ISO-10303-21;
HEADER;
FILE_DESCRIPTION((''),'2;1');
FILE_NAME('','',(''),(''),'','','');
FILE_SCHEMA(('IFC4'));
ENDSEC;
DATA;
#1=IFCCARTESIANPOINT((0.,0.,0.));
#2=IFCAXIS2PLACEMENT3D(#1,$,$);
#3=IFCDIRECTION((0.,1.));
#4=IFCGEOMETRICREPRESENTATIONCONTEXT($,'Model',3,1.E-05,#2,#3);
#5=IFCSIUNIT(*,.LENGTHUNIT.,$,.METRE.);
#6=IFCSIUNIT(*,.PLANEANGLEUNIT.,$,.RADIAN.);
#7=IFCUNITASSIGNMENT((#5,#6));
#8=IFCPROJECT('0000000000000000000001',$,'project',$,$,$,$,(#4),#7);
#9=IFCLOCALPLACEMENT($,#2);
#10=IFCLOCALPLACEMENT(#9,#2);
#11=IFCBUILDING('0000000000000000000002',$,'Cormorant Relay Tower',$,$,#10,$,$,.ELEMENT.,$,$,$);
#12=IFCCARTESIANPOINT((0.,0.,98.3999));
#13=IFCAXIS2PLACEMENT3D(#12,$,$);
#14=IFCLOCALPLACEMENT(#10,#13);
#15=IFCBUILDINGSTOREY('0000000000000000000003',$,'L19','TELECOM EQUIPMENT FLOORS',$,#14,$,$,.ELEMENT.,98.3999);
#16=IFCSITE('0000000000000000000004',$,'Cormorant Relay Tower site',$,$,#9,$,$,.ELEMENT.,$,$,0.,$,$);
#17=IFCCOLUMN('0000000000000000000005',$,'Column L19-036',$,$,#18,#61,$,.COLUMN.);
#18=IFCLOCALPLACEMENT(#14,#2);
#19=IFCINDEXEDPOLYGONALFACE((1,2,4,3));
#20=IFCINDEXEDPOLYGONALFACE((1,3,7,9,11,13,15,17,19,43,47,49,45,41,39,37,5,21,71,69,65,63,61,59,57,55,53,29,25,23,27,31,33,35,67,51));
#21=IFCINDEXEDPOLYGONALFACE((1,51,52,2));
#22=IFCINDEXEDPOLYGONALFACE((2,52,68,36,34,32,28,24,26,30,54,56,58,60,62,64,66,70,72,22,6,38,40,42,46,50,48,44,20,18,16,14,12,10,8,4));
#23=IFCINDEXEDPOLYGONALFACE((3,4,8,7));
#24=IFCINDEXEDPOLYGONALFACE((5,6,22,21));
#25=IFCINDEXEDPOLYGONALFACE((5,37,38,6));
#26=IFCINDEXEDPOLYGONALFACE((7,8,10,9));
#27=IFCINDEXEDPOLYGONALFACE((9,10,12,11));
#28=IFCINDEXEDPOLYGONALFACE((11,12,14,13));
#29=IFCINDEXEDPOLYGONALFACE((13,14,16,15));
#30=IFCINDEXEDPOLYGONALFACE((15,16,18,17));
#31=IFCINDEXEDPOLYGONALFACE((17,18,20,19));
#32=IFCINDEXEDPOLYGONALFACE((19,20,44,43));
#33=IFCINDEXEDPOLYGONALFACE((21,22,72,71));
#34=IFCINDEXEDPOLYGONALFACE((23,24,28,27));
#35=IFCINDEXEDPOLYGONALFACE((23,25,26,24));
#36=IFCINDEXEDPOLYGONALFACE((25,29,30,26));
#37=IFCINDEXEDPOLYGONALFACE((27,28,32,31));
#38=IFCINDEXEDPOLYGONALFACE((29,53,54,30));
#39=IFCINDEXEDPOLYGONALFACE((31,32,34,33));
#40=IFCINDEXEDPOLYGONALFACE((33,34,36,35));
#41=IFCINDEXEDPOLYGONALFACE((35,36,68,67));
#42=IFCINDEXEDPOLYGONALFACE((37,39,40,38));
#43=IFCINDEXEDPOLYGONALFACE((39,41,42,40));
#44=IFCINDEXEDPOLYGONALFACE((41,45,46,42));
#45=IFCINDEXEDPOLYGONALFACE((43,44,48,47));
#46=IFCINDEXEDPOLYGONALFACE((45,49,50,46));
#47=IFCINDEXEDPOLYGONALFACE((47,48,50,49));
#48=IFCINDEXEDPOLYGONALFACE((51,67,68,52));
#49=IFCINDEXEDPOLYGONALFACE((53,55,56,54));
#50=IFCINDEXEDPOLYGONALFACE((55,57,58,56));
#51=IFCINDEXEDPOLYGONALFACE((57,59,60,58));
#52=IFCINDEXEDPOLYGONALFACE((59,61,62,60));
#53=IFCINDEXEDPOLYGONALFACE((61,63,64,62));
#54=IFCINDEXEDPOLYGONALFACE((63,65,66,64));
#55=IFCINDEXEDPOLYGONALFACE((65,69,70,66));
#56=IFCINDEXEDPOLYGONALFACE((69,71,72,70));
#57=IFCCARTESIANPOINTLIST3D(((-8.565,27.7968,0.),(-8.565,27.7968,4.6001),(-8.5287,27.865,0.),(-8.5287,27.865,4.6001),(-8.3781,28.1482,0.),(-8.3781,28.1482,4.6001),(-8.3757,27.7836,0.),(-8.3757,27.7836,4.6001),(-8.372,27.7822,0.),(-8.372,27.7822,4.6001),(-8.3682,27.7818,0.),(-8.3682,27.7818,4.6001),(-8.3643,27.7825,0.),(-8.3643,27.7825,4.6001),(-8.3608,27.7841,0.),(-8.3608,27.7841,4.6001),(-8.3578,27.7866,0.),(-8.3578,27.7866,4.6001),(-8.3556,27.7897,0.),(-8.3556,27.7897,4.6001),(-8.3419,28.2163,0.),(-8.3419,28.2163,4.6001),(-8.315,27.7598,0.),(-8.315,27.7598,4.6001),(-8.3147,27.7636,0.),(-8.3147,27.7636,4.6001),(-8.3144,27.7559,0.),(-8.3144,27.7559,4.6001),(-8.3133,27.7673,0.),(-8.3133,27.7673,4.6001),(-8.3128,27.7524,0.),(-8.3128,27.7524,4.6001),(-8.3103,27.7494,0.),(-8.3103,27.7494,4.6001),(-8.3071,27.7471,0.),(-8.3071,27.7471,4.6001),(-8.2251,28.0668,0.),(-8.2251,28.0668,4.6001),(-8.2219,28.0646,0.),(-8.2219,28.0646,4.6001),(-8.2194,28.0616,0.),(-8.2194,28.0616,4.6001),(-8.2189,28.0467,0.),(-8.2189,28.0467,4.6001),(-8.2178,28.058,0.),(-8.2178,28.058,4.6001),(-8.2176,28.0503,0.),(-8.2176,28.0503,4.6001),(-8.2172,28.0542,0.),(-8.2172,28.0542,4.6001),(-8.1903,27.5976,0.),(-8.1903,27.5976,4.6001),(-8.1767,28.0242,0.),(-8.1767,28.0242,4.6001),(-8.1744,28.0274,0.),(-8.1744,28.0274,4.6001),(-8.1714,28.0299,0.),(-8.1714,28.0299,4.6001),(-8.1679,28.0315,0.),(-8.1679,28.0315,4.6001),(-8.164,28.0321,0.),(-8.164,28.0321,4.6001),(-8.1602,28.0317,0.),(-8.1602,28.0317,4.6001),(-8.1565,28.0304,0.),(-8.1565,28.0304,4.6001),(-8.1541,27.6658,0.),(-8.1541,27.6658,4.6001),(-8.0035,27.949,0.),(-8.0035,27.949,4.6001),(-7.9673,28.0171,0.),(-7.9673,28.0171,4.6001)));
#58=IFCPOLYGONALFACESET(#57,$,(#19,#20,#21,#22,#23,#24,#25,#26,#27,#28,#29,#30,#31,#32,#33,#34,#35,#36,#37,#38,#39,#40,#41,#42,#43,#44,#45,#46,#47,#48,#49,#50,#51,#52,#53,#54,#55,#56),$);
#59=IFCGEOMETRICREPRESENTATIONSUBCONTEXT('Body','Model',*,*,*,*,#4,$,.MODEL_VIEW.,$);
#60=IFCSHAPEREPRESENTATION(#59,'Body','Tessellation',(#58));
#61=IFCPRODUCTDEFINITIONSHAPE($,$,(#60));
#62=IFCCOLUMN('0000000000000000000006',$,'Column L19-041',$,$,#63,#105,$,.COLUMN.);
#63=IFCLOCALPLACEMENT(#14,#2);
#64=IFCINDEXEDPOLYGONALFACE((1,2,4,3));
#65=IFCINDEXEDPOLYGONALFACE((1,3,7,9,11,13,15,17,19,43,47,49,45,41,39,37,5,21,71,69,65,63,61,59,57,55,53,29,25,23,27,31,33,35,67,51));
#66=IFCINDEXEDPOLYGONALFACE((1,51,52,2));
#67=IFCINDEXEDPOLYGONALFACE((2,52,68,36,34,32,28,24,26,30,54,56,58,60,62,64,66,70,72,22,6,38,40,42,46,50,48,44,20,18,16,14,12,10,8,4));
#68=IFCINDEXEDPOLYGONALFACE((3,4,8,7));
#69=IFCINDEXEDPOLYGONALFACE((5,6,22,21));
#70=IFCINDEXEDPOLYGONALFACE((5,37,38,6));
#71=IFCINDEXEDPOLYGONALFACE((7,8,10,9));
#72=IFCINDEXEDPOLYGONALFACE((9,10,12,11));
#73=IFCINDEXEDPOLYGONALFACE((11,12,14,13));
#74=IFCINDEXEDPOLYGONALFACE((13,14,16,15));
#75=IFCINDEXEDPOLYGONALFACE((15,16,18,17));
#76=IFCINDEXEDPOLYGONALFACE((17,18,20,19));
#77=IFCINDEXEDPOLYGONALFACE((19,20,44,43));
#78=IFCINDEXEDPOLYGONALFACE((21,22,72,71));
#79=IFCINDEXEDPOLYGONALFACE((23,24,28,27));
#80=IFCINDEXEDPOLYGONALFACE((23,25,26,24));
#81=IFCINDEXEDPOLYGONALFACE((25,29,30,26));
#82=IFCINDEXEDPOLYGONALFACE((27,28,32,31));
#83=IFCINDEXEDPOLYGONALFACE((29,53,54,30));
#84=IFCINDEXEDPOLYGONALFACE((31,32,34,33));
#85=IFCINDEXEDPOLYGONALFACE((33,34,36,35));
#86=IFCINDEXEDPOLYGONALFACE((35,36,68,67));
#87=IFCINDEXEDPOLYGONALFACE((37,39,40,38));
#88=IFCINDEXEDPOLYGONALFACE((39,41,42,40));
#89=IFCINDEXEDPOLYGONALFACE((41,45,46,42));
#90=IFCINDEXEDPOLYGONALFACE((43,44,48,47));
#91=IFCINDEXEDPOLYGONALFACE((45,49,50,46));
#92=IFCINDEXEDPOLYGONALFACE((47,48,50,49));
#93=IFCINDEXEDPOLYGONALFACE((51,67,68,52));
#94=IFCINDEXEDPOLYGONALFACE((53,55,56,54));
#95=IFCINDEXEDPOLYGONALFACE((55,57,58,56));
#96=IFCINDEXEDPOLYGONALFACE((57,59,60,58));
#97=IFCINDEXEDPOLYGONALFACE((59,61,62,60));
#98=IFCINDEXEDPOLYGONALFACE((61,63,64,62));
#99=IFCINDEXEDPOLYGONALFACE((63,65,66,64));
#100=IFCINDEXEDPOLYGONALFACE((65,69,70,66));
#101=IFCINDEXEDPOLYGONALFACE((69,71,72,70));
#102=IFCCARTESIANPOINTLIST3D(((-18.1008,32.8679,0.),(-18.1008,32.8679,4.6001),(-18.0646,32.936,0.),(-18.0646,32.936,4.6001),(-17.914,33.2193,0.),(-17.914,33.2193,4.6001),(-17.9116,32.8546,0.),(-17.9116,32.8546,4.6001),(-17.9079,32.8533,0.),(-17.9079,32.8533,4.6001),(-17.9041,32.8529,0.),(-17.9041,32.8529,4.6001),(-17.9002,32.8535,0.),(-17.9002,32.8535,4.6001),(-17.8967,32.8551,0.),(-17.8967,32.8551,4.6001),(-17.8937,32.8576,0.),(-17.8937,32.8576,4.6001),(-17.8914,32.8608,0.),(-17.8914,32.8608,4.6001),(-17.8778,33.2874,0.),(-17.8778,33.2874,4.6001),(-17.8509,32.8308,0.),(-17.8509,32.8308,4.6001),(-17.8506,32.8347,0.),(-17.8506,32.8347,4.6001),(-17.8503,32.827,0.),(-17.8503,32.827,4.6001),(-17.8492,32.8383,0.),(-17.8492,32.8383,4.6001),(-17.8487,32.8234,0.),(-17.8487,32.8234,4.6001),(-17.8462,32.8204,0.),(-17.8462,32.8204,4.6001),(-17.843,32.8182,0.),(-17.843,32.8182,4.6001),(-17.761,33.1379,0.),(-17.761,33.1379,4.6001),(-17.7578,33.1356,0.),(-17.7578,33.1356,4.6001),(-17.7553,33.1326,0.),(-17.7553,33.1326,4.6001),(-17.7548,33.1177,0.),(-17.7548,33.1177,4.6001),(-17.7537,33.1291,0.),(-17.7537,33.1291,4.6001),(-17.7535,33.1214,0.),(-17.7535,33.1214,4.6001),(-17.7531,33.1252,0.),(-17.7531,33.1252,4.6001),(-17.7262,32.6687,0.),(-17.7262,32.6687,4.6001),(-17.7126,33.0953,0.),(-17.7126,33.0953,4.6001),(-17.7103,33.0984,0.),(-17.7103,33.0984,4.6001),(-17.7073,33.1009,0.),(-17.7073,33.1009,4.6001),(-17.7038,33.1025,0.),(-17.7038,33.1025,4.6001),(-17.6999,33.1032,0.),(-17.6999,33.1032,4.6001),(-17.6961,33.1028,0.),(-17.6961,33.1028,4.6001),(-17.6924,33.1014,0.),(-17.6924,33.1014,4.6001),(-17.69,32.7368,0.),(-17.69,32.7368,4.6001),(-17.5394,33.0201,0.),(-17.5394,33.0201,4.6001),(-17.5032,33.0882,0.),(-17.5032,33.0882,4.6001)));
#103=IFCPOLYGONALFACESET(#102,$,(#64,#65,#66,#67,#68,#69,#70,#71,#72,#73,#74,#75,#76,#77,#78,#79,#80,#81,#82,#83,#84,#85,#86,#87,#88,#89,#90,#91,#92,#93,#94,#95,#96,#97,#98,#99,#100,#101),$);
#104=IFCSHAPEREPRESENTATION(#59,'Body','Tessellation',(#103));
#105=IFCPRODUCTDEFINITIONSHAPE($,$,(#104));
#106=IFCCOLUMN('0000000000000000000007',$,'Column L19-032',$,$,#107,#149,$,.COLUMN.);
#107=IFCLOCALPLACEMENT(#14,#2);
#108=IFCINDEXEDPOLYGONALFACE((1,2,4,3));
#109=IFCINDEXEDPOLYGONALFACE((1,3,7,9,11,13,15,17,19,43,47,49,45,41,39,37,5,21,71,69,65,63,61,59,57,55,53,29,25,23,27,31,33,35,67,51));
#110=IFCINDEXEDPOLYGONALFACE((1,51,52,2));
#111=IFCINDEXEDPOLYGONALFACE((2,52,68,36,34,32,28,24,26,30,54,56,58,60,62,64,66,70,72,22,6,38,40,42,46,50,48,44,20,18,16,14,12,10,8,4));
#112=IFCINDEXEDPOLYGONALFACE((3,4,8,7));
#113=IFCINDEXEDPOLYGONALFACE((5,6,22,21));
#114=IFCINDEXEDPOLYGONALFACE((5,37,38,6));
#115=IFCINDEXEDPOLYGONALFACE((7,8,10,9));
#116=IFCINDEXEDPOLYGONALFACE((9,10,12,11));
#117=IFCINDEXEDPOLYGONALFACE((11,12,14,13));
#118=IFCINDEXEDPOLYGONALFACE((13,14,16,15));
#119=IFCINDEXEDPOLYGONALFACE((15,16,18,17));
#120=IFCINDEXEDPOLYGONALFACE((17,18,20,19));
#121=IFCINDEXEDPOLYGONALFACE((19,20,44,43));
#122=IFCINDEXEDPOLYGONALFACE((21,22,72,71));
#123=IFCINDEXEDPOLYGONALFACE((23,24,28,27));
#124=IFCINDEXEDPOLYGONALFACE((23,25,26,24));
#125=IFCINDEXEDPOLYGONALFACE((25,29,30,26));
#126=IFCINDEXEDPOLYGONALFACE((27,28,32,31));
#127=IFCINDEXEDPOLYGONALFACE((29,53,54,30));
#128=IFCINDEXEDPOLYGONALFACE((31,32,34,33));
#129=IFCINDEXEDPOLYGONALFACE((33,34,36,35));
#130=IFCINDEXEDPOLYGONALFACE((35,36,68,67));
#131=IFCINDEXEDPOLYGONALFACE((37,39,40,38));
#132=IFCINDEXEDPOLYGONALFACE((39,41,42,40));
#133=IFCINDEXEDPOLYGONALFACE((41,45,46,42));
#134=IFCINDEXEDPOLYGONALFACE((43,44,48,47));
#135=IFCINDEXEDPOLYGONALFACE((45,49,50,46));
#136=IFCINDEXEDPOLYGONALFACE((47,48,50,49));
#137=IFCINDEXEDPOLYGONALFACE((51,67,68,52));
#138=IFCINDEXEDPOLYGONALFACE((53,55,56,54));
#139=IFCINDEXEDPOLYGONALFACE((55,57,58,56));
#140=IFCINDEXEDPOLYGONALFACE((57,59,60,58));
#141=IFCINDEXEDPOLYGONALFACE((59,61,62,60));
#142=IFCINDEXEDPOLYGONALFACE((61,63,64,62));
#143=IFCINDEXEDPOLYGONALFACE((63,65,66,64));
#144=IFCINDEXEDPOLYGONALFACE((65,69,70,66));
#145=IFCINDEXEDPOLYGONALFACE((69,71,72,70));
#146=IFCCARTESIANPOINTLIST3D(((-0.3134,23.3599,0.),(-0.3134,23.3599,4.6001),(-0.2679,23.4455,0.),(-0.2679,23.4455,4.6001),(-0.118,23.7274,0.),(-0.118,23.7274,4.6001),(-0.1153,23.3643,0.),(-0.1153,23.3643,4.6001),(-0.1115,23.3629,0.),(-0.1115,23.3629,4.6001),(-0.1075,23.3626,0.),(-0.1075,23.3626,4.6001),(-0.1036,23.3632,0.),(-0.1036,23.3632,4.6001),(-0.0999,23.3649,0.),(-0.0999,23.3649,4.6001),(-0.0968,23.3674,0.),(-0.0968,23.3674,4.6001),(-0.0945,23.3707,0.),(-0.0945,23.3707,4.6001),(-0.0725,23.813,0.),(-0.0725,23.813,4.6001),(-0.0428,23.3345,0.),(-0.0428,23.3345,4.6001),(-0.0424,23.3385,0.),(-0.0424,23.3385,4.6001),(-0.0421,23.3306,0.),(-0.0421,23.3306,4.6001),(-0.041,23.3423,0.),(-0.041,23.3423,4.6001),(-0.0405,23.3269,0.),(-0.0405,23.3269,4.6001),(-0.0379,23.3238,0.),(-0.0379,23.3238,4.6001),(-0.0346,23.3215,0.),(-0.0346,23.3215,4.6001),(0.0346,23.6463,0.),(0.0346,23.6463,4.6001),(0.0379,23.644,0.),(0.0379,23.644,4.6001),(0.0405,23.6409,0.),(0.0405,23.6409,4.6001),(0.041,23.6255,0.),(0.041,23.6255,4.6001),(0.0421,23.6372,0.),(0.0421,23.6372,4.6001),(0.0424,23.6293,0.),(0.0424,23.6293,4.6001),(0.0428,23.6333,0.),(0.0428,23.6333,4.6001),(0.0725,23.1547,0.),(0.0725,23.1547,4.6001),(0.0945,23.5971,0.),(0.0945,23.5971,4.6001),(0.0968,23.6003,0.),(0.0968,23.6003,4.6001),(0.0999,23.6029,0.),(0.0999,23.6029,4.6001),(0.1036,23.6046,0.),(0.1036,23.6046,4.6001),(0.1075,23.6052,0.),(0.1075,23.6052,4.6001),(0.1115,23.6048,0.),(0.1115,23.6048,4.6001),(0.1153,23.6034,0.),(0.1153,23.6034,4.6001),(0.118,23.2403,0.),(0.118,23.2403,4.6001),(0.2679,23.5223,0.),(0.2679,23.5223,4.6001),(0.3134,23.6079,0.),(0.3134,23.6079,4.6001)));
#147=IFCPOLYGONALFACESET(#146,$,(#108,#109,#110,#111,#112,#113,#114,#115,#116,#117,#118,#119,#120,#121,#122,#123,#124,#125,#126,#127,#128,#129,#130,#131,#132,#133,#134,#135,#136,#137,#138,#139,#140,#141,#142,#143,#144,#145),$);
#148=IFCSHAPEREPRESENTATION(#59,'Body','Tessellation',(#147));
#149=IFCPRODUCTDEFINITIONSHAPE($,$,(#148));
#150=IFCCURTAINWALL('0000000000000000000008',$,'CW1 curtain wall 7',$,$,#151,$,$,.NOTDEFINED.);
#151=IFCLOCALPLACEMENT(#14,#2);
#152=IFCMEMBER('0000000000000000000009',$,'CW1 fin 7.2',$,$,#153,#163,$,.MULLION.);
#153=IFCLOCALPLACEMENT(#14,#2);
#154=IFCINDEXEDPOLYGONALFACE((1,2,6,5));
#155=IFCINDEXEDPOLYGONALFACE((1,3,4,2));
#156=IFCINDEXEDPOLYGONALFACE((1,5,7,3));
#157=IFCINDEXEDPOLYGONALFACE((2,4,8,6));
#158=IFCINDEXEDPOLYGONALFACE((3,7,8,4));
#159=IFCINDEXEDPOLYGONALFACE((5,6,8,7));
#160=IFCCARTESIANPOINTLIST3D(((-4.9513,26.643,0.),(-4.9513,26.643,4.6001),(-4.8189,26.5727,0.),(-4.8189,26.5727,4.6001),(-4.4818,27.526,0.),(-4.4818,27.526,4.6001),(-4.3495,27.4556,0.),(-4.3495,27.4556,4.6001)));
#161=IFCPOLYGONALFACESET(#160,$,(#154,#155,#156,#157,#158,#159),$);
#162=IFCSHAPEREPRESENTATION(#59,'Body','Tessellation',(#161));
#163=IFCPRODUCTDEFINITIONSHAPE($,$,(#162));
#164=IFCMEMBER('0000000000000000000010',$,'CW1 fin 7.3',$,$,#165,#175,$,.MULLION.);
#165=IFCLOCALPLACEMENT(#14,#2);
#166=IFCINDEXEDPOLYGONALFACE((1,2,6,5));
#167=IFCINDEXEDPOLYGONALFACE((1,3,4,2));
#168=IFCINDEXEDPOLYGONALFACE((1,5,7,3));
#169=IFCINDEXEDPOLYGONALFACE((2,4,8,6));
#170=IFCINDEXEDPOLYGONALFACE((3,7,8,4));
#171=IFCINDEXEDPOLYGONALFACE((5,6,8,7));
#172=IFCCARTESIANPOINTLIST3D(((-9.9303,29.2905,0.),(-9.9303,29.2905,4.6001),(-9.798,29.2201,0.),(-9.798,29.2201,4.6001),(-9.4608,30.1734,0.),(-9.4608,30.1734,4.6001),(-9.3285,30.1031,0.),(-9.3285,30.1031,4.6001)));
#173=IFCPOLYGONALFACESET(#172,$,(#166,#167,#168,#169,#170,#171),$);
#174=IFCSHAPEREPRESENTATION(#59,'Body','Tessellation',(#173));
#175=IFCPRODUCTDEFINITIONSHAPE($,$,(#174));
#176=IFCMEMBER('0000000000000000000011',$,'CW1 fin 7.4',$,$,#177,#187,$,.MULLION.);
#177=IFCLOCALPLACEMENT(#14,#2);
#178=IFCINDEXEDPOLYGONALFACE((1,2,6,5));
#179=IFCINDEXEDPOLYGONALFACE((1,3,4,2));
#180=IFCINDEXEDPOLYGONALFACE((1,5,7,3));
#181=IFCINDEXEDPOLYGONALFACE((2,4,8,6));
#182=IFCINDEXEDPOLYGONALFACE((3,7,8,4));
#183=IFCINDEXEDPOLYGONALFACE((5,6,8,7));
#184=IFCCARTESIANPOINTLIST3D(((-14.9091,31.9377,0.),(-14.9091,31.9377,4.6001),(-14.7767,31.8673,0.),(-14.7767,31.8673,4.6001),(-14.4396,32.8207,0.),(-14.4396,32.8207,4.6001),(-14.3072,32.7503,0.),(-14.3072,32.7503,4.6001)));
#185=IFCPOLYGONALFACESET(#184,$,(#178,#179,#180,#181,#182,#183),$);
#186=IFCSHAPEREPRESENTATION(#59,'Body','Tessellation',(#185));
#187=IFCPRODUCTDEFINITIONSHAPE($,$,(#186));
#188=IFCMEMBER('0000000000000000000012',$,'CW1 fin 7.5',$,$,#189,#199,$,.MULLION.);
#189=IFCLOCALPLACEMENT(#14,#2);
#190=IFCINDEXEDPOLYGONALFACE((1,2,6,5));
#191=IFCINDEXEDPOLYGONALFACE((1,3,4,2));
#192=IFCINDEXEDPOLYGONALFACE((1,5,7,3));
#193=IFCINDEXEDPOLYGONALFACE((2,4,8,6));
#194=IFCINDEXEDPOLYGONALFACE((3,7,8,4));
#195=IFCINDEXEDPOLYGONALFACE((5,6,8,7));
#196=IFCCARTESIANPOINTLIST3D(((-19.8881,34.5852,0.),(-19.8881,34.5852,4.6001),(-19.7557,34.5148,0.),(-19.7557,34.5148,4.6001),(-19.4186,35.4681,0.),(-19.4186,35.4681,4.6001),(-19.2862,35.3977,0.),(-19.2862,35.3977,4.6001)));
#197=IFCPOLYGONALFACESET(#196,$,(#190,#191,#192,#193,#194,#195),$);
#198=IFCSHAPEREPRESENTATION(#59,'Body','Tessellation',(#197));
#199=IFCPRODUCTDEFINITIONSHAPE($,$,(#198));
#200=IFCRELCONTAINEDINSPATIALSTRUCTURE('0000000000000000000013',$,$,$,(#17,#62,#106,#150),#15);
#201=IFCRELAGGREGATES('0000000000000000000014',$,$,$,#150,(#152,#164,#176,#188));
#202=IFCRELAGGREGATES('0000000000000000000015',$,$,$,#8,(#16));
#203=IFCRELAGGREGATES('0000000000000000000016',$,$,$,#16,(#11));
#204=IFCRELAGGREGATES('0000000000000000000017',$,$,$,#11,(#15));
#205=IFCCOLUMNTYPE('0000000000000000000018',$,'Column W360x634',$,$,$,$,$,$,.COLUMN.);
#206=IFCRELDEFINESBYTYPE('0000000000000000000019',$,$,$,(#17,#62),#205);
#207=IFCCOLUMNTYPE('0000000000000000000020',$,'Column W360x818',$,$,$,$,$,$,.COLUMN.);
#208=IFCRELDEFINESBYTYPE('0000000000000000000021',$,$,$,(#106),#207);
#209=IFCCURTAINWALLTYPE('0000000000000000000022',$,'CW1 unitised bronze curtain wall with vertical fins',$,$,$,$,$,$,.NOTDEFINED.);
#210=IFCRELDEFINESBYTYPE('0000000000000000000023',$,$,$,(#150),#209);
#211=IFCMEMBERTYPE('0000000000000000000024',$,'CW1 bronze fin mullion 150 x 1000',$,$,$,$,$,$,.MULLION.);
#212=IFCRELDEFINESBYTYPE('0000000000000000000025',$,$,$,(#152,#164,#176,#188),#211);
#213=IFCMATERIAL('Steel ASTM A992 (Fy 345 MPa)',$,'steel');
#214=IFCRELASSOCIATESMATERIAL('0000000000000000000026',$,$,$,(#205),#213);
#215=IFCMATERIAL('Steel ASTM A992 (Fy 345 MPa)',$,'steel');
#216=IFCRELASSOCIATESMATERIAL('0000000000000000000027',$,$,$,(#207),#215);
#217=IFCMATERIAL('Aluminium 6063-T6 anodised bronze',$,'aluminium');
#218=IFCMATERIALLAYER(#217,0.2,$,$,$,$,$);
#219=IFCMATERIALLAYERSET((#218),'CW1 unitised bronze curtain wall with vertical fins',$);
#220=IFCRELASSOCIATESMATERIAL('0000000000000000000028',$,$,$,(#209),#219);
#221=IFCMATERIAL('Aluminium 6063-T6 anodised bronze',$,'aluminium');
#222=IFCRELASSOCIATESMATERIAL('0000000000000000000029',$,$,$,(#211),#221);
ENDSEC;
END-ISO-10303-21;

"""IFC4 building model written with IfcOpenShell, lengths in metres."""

from ifc_helpers import new_model, si_unit, direction, frame, origin, origin_2d, place, context, subcontext, project, spatial, rectangle, i_section, extrude, material, layer, layer_set, material_profile, profile_set, type_object, element, aggregate, save


model = new_model("IFC4")

# Units and contexts
model_context = context("Model", 3, precision=1e-05, world=origin(), true_north=direction((0.0, 1.0)))
body_context = subcontext(model_context, "Body", "Model", "MODEL_VIEW")
ifc_project = project(units=[si_unit("LENGTHUNIT", "METRE"), si_unit("PLANEANGLEUNIT", "RADIAN")], contexts=[model_context])

# Site, building, storey
site_placement = place(None, origin())
site = spatial("IfcSite", under=ifc_project, at=site_placement, Name="Cormorant Relay Tower site", CompositionType="ELEMENT", RefElevation=0.0)
building_placement = place(site_placement, origin())
building = spatial("IfcBuilding", under=site, at=building_placement, Name="Cormorant Relay Tower", CompositionType="ELEMENT")
storey_placement = place(building_placement, frame((0.0, 0.0, 98.3999)))
storey = spatial("IfcBuildingStorey", under=building, at=storey_placement, Name="L19", Description="TELECOM EQUIPMENT FLOORS", CompositionType="ELEMENT", Elevation=98.3999)

# Columns
ifc_material_1 = material(Name="Steel ASTM A992 (Fy 345 MPa)", Category="steel")
ifc_material_profile_1 = material_profile(ifc_material_1, i_section(OverallWidth=0.4243, OverallDepth=0.4751, WebThickness=0.0479, FlangeThickness=0.0771, FilletRadius=0.0149, at=origin_2d()), Name="W360x634")
ifc_profile_set_1 = profile_set([ifc_material_profile_1], Name="Steel ASTM A992 (Fy 345 MPa)")
column_type_1 = type_object("IfcColumnType", Name="Column W360x634", PredefinedType="COLUMN", material=ifc_profile_set_1)
for number, where, z_axis, x_axis, name in (
    (1, (-8.2661, 27.907, 0.0), (0.0, 0.0, 1.0), (-0.882948, 0.469472, 0.0), "Column L19-036"),
    (2, (-17.802, 32.978, 0.0), (0.0, 0.0, 1.0), (-0.882948, 0.469472, 0.0), "Column L19-041"),
):
    element("IfcColumn", number, at=place(storey_placement, frame(where, z_axis=z_axis, x_axis=x_axis)), inside=storey, type_object=column_type_1, Name=name, PredefinedType="COLUMN", context=body_context, shape_type="SweptSolid", body=[
        extrude(i_section(OverallWidth=0.4243, OverallDepth=0.4751, WebThickness=0.0479, FlangeThickness=0.0771, FilletRadius=0.0149, at=origin_2d()), origin(), (0.0, 0.0, 1.0), 4.6001),
    ])
ifc_material_2 = material(Name="Steel ASTM A992 (Fy 345 MPa)", Category="steel")
ifc_material_profile_2 = material_profile(ifc_material_2, i_section(OverallWidth=0.437, OverallDepth=0.5132, WebThickness=0.0605, FlangeThickness=0.0969, FilletRadius=0.0154, at=origin_2d()), Name="W360x818")
ifc_profile_set_2 = profile_set([ifc_material_profile_2], Name="Steel ASTM A992 (Fy 345 MPa)")
column_type_2 = type_object("IfcColumnType", Name="Column W360x818", PredefinedType="COLUMN", material=ifc_profile_set_2)
column_placement = place(storey_placement, frame((0.0, 23.4839, 0.0), z_axis=(0.0, 0.0, 1.0), x_axis=(-0.882948, 0.469472, 0.0)))
element("IfcColumn", 3, at=column_placement, inside=storey, type_object=column_type_2, Name="Column L19-032", PredefinedType="COLUMN", context=body_context, shape_type="SweptSolid", body=[
    extrude(i_section(OverallWidth=0.437, OverallDepth=0.5132, WebThickness=0.0605, FlangeThickness=0.0969, FilletRadius=0.0154, at=origin_2d()), origin(), (0.0, 0.0, 1.0), 4.6001),
])

# Curtain wall, members
ifc_material_3 = material(Name="Aluminium 6063-T6 anodised bronze", Category="aluminium")
ifc_layer_1 = layer(ifc_material_3, 0.2)
ifc_layer_set_1 = layer_set([ifc_layer_1], Name="CW1 unitised bronze curtain wall with vertical fins")
curtain_wall_type = type_object("IfcCurtainWallType", Name="CW1 unitised bronze curtain wall with vertical fins", PredefinedType="NOTDEFINED", material=ifc_layer_set_1)
curtain_wall_placement = place(storey_placement, origin())
curtain_wall = element("IfcCurtainWall", 4, at=curtain_wall_placement, inside=storey, type_object=curtain_wall_type, Name="CW1 curtain wall 7", PredefinedType="NOTDEFINED")
ifc_material_4 = material(Name="Aluminium 6063-T6 anodised bronze", Category="aluminium")
ifc_material_profile_3 = material_profile(ifc_material_4, rectangle(XDim=0.1499, YDim=1.0, at=origin_2d()), Name="AL 150x1000")
ifc_profile_set_3 = profile_set([ifc_material_profile_3], Name="Aluminium 6063-T6 anodised bronze")
member_type = type_object("IfcMemberType", Name="CW1 bronze fin mullion 150 x 1000", PredefinedType="MULLION", material=ifc_profile_set_3)
member_1_placement = place(storey_placement, frame((-4.6504, 27.0493, 0.0), z_axis=(0.0, 0.0, 1.0), x_axis=(-0.882948, 0.469472, 0.0)))
member_1 = element("IfcMember", 5, at=member_1_placement, type_object=member_type, Name="CW1 fin 7.2", PredefinedType="MULLION", context=body_context, shape_type="SweptSolid", body=[
    extrude(rectangle(XDim=0.1499, YDim=1.0, at=origin_2d()), origin(), (0.0, 0.0, 1.0), 4.6001),
])
member_2_placement = place(storey_placement, frame((-9.6294, 29.6968, 0.0), z_axis=(0.0, 0.0, 1.0), x_axis=(-0.882948, 0.469472, 0.0)))
member_2 = element("IfcMember", 6, at=member_2_placement, type_object=member_type, Name="CW1 fin 7.3", PredefinedType="MULLION", context=body_context, shape_type="SweptSolid", body=[
    extrude(rectangle(XDim=0.1499, YDim=1.0, at=origin_2d()), origin(), (0.0, 0.0, 1.0), 4.6001),
])
member_3_placement = place(storey_placement, frame((-14.6082, 32.344, 0.0), z_axis=(0.0, 0.0, 1.0), x_axis=(-0.882948, 0.469472, 0.0)))
member_3 = element("IfcMember", 7, at=member_3_placement, type_object=member_type, Name="CW1 fin 7.4", PredefinedType="MULLION", context=body_context, shape_type="SweptSolid", body=[
    extrude(rectangle(XDim=0.1499, YDim=1.0, at=origin_2d()), origin(), (0.0, 0.0, 1.0), 4.6001),
])
member_4_placement = place(storey_placement, frame((-19.5872, 34.9915, 0.0), z_axis=(0.0, 0.0, 1.0), x_axis=(-0.882948, 0.469472, 0.0)))
member_4 = element("IfcMember", 8, at=member_4_placement, type_object=member_type, Name="CW1 fin 7.5", PredefinedType="MULLION", context=body_context, shape_type="SweptSolid", body=[
    extrude(rectangle(XDim=0.1499, YDim=1.0, at=origin_2d()), origin(), (0.0, 0.0, 1.0), 4.6001),
])

aggregate(curtain_wall, [member_1, member_2, member_3, member_4])

save(model, "model.ifc")
